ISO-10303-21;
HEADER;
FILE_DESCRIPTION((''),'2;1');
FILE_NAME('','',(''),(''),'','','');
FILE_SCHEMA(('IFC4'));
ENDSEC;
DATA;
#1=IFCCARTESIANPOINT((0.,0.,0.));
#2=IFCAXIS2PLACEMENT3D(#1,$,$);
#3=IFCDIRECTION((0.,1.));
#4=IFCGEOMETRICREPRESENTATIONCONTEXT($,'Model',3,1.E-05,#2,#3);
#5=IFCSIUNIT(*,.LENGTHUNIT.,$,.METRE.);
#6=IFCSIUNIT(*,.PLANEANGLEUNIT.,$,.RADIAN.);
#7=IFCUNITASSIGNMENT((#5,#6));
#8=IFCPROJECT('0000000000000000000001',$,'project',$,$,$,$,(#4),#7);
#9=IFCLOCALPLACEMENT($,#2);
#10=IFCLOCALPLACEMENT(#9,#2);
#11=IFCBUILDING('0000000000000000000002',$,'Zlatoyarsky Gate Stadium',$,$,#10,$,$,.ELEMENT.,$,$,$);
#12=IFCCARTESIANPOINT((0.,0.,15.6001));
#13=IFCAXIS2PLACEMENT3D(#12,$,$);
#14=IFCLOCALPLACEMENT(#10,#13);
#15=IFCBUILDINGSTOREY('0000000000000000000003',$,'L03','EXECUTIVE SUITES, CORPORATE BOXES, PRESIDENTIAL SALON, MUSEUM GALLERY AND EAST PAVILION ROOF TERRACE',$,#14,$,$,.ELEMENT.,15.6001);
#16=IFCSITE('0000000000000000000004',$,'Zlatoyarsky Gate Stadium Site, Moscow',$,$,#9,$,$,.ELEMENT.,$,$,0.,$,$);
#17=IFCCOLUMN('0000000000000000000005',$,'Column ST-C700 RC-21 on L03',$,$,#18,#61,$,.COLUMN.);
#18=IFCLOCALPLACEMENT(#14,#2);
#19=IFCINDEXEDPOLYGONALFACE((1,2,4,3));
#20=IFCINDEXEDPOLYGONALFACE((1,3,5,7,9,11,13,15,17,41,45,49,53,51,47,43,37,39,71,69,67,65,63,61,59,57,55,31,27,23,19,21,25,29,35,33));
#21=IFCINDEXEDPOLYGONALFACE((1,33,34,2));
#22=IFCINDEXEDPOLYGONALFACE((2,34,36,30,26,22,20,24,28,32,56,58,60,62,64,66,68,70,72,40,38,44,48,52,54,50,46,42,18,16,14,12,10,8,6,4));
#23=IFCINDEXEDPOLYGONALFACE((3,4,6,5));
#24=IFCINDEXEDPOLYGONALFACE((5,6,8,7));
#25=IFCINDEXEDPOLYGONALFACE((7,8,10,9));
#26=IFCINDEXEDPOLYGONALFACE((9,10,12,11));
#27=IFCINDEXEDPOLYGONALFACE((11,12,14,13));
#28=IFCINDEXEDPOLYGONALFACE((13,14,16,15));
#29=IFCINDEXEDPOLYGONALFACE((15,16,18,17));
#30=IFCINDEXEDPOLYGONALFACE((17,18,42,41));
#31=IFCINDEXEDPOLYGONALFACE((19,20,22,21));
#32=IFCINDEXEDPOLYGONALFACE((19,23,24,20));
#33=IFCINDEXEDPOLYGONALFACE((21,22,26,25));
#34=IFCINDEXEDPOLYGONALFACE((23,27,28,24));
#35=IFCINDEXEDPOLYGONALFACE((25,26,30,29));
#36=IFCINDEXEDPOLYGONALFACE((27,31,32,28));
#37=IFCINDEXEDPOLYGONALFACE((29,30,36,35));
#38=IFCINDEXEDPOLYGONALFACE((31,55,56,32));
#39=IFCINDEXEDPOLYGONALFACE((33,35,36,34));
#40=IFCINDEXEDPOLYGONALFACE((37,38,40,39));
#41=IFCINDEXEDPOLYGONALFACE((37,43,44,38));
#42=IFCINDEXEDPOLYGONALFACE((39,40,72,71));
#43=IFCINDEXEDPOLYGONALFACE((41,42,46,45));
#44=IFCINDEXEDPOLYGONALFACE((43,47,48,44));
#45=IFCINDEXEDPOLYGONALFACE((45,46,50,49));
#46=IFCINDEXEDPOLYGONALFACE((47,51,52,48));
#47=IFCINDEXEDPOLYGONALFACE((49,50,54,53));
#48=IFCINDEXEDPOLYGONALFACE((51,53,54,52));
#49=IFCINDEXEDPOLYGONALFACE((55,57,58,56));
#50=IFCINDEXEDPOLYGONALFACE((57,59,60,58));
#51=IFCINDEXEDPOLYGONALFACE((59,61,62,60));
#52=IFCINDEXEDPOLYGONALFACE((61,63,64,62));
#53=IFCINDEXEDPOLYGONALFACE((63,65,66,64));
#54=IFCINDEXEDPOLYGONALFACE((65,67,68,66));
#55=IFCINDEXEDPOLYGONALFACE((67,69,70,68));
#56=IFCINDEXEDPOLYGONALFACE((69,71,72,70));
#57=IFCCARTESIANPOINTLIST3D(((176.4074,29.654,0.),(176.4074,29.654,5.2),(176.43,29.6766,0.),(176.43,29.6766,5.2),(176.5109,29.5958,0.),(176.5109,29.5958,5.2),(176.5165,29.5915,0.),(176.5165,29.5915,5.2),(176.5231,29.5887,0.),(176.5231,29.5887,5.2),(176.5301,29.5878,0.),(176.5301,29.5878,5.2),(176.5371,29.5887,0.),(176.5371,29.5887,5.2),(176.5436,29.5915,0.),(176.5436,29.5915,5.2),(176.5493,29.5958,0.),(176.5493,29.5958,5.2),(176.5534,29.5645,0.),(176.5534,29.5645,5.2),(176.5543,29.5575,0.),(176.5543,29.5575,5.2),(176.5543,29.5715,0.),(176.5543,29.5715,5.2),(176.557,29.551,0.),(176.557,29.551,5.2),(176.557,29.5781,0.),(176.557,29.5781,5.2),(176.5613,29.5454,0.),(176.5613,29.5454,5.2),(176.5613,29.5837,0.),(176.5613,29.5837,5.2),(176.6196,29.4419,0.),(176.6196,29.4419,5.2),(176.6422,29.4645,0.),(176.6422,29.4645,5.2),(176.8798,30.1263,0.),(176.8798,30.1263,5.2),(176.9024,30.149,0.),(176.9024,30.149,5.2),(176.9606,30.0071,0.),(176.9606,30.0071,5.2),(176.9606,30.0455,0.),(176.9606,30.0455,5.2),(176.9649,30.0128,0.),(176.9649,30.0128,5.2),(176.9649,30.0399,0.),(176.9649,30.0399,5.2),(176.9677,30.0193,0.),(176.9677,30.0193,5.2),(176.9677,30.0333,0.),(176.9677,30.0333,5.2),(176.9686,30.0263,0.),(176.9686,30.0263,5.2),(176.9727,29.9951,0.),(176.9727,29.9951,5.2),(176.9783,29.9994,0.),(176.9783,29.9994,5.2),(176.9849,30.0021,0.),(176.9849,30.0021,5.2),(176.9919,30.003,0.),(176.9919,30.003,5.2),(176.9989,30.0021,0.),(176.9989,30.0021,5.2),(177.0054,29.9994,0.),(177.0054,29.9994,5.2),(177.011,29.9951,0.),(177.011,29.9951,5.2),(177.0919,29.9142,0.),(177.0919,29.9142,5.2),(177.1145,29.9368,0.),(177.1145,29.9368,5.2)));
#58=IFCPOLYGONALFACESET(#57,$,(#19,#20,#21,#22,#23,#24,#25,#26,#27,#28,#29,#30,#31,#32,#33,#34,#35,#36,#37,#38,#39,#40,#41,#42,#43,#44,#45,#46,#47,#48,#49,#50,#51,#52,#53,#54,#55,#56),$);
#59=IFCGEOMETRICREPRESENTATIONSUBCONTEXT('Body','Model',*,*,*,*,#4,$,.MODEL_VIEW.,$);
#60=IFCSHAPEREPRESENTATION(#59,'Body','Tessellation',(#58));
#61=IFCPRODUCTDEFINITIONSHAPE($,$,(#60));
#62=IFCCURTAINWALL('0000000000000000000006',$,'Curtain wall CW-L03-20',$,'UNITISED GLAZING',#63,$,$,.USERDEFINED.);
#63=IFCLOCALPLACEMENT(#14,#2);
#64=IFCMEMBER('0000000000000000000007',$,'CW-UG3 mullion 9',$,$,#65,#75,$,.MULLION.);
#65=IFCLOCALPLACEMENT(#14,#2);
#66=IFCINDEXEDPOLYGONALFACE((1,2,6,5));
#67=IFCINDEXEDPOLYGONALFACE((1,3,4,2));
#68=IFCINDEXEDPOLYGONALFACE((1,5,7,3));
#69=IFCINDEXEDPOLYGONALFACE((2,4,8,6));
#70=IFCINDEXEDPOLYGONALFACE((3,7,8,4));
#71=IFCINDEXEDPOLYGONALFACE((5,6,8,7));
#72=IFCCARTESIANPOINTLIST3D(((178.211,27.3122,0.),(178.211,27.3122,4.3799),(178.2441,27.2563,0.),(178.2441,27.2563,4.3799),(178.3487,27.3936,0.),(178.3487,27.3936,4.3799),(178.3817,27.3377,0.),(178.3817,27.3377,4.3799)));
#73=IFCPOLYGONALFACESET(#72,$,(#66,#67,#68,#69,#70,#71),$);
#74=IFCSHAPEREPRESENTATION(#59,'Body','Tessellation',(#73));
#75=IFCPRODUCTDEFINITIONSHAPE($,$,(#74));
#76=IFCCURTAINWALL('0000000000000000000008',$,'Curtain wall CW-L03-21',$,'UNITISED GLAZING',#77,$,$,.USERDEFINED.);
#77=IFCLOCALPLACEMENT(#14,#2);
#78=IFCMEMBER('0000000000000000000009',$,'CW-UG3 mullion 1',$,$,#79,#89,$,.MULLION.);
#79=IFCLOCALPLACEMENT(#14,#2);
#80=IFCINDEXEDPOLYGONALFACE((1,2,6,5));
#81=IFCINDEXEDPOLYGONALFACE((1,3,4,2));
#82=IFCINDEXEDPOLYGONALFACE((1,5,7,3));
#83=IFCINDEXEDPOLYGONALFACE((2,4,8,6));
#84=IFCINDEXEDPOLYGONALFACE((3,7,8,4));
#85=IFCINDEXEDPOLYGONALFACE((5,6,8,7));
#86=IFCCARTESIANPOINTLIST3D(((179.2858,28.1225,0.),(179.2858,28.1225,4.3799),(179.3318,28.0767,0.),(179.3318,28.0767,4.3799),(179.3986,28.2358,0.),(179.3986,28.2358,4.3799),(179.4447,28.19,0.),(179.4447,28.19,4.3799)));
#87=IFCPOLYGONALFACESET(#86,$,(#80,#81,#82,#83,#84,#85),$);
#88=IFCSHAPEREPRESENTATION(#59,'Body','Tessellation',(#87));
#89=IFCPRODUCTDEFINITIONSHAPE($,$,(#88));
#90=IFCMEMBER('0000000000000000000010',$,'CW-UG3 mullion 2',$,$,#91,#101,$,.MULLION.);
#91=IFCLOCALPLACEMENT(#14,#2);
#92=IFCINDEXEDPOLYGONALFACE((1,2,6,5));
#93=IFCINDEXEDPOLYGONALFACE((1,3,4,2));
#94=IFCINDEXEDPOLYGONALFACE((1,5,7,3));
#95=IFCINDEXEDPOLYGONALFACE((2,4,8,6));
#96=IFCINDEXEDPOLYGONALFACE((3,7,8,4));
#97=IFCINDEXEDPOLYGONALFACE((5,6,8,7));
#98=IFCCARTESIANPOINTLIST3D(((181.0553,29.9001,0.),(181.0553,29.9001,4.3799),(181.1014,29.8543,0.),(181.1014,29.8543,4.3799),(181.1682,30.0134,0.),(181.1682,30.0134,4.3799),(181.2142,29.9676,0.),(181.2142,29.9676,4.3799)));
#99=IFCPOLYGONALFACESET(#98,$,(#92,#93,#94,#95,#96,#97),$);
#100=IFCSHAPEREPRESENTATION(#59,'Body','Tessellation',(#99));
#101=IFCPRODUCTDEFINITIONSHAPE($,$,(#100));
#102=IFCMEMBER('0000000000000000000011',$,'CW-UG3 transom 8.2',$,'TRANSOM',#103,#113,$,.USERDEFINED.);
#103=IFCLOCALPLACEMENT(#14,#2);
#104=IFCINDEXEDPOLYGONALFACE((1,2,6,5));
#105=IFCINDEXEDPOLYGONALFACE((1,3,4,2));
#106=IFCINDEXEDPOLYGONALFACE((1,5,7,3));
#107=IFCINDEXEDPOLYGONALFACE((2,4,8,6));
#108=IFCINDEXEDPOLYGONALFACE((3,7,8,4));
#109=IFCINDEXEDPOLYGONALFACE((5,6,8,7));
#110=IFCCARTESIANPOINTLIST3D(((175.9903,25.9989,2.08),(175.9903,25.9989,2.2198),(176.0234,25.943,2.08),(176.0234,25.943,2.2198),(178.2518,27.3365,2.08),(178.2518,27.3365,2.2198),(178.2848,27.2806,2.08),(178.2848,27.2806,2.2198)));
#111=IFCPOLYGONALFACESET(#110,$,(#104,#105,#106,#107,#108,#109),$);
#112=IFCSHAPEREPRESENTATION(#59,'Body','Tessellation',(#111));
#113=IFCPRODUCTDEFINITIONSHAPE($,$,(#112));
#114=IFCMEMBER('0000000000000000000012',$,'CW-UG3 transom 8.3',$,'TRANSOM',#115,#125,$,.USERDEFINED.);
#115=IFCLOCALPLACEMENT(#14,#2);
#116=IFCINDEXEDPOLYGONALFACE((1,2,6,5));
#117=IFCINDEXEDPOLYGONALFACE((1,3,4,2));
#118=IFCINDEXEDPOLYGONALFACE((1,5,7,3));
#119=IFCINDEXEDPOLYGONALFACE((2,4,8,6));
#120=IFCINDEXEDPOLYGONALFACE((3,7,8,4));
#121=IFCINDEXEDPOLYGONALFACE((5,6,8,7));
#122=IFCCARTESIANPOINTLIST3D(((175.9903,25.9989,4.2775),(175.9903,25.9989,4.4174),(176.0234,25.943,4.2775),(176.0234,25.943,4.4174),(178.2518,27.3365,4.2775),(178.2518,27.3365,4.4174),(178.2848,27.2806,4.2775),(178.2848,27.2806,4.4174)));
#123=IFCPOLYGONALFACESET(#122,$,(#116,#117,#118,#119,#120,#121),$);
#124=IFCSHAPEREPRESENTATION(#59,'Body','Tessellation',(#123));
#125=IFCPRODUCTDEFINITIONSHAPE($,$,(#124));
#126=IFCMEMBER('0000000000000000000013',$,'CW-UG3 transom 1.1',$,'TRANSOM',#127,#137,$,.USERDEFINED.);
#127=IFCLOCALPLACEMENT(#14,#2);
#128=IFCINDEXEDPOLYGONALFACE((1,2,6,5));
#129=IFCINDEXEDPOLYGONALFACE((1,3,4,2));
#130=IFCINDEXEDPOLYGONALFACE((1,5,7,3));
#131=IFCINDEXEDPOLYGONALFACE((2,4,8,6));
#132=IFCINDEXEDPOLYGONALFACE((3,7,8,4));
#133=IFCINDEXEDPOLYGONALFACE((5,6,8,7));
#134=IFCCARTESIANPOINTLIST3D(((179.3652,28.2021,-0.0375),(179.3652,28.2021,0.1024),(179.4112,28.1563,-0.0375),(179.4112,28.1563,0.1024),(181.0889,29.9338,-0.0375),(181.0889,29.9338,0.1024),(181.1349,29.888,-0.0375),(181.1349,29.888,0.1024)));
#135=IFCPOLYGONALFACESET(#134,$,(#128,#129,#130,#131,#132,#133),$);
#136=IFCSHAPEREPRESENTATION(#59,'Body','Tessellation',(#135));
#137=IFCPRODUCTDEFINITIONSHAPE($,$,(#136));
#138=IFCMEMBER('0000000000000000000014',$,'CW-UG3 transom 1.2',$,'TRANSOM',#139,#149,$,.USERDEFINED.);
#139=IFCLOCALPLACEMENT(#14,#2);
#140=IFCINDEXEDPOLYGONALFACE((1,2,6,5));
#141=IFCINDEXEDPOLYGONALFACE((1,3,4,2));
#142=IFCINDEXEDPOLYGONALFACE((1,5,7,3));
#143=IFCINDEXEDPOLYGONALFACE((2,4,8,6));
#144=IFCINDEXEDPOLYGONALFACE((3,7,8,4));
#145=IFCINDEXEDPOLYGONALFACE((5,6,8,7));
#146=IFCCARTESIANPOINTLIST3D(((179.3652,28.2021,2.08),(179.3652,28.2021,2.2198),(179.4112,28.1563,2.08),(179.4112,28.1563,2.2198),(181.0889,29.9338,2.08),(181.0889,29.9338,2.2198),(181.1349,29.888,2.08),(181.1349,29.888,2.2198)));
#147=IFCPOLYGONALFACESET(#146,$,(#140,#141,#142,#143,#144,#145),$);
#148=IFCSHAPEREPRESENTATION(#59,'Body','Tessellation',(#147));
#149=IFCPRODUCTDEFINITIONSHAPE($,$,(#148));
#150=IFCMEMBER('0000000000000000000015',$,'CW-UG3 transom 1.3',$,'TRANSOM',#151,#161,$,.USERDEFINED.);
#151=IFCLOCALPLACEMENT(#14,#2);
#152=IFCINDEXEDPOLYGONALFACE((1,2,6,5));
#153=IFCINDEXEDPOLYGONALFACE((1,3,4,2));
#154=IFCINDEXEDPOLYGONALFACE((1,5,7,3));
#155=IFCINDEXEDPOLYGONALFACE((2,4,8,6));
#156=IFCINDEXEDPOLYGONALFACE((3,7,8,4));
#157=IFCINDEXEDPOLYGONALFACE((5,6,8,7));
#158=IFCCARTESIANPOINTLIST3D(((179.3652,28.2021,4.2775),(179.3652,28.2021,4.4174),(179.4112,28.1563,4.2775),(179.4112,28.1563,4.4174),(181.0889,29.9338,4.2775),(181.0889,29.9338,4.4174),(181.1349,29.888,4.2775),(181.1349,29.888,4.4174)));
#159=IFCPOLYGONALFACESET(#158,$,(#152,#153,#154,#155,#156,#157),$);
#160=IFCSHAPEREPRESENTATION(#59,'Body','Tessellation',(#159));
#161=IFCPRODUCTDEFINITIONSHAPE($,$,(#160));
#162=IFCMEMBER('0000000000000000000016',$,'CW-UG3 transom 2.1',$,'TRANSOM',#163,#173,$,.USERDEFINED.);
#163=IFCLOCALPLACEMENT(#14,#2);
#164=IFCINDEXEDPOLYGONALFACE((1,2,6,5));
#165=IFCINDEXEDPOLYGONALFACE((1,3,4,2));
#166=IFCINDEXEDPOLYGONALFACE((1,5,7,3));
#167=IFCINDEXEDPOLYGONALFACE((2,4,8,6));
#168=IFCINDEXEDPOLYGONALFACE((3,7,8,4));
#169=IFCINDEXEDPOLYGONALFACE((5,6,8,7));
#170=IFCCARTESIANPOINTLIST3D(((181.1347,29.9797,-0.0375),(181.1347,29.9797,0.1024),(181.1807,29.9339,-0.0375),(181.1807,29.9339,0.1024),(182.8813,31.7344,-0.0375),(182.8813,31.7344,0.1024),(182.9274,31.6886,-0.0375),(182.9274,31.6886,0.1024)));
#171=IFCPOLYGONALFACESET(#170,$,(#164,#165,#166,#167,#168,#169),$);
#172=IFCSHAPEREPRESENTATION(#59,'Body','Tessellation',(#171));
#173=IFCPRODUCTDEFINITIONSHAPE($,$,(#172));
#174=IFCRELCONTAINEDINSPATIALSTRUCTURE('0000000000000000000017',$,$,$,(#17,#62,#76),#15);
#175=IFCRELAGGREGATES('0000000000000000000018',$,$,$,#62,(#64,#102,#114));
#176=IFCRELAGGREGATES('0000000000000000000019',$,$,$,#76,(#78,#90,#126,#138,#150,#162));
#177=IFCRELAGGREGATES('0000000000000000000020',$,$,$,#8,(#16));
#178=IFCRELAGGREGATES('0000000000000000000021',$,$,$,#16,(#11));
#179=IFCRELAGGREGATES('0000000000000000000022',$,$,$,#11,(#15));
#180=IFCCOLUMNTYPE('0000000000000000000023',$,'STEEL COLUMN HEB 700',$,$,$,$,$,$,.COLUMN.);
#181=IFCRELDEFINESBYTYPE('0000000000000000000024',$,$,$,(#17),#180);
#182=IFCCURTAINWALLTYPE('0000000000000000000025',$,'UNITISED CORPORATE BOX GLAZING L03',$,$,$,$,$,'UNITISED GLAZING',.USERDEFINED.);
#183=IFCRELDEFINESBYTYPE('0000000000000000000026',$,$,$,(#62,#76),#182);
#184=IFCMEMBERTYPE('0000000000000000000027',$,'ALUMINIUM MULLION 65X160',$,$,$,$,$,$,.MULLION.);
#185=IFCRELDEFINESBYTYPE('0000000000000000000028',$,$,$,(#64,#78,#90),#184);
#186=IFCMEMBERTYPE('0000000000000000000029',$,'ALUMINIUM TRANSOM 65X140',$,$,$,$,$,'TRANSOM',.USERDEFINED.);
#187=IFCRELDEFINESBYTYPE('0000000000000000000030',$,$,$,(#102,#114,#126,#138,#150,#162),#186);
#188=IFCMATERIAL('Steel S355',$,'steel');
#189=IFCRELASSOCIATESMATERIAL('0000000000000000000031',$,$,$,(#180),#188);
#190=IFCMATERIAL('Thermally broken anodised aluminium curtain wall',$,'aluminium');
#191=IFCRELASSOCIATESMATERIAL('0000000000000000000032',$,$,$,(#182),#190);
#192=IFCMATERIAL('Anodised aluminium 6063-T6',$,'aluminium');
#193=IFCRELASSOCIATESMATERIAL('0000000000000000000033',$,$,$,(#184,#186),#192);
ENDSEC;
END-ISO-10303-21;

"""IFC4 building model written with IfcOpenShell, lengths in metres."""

from ifc_helpers import new_model, si_unit, direction, frame, origin, origin_2d, place, context, subcontext, project, spatial, rectangle, i_section, extrude, material, material_profile, profile_set, type_object, element, aggregate, save


model = new_model("IFC4")

# Units and contexts
model_context = context("Model", 3, precision=1e-05, world=origin(), true_north=direction((0.0, 1.0)))
body_context = subcontext(model_context, "Body", "Model", "MODEL_VIEW")
ifc_project = project(units=[si_unit("LENGTHUNIT", "METRE"), si_unit("PLANEANGLEUNIT", "RADIAN")], contexts=[model_context])

# Site, building, storey
site_placement = place(None, origin())
site = spatial("IfcSite", under=ifc_project, at=site_placement, Name="Zlatoyarsky Gate Stadium Site, Moscow", CompositionType="ELEMENT", RefElevation=0.0)
building_placement = place(site_placement, origin())
building = spatial("IfcBuilding", under=site, at=building_placement, Name="Zlatoyarsky Gate Stadium", CompositionType="ELEMENT")
storey_placement = place(building_placement, frame((0.0, 0.0, 15.6001)))
storey = spatial("IfcBuildingStorey", under=building, at=storey_placement, Name="L03", Description="EXECUTIVE SUITES, CORPORATE BOXES, PRESIDENTIAL SALON, MUSEUM GALLERY AND EAST PAVILION ROOF TERRACE", CompositionType="ELEMENT", Elevation=15.6001)

# Column
ifc_material_1 = material(Name="Steel S355", Category="steel")
ifc_material_profile_1 = material_profile(ifc_material_1, i_section(OverallWidth=0.3, OverallDepth=0.7, WebThickness=0.0171, FlangeThickness=0.032, FilletRadius=0.0271, at=origin_2d()), Name="HEB 700")
ifc_profile_set_1 = profile_set([ifc_material_profile_1], Name="Steel S355")
column_type = type_object("IfcColumnType", Name="STEEL COLUMN HEB 700", PredefinedType="COLUMN", material=ifc_profile_set_1)
column_placement = place(storey_placement, frame((176.761, 29.7954, 0.0), z_axis=(0.0, 0.0, 1.0), x_axis=(0.707107, -0.707107, 0.0)))
element("IfcColumn", 1, at=column_placement, inside=storey, type_object=column_type, Name="Column ST-C700 RC-21 on L03", PredefinedType="COLUMN", context=body_context, shape_type="SweptSolid", body=[
    extrude(i_section(OverallWidth=0.3, OverallDepth=0.7, WebThickness=0.0171, FlangeThickness=0.032, FilletRadius=0.0271, at=origin_2d()), origin(), (0.0, 0.0, 1.0), 5.2),
])

# Curtain wall, member
ifc_material_2 = material(Name="Thermally broken anodised aluminium curtain wall", Category="aluminium")
curtain_wall_type = type_object("IfcCurtainWallType", Name="UNITISED CORPORATE BOX GLAZING L03", ElementType="UNITISED GLAZING", PredefinedType="USERDEFINED", material=ifc_material_2)
curtain_wall_1_placement = place(storey_placement, origin())
curtain_wall_1 = element("IfcCurtainWall", 2, at=curtain_wall_1_placement, inside=storey, type_object=curtain_wall_type, Name="Curtain wall CW-L03-20", ObjectType="UNITISED GLAZING", PredefinedType="USERDEFINED")
ifc_material_3 = material(Name="Anodised aluminium 6063-T6", Category="aluminium")
ifc_material_profile_2 = material_profile(ifc_material_3, rectangle(XDim=0.0649, YDim=0.1599, at=origin_2d()), Name="ALU 65X160")
ifc_profile_set_2 = profile_set([ifc_material_profile_2], Name="Anodised aluminium 6063-T6")
member_type_1 = type_object("IfcMemberType", Name="ALUMINIUM MULLION 65X160", PredefinedType="MULLION", material=ifc_profile_set_2)
member_1_placement = place(storey_placement, frame((178.2964, 27.325, 0.0), z_axis=(0.0, 0.0, 1.0), x_axis=(-0.509098, 0.860708, 0.0)))
member_1 = element("IfcMember", 3, at=member_1_placement, type_object=member_type_1, Name="CW-UG3 mullion 9", PredefinedType="MULLION", context=body_context, shape_type="SweptSolid", body=[
    extrude(rectangle(XDim=0.0649, YDim=0.1599, at=origin_2d()), origin(), (0.0, 0.0, 1.0), 4.3799),
])

# Curtain wall, members
curtain_wall_2_placement = place(storey_placement, origin())
curtain_wall_2 = element("IfcCurtainWall", 4, at=curtain_wall_2_placement, inside=storey, type_object=curtain_wall_type, Name="Curtain wall CW-L03-21", ObjectType="UNITISED GLAZING", PredefinedType="USERDEFINED")
member_2_placement = place(storey_placement, frame((179.3652, 28.1562, 0.0), z_axis=(0.0, 0.0, 1.0), x_axis=(-0.708721, 0.705489, 0.0)))
member_2 = element("IfcMember", 5, at=member_2_placement, type_object=member_type_1, Name="CW-UG3 mullion 1", PredefinedType="MULLION", context=body_context, shape_type="SweptSolid", body=[
    extrude(rectangle(XDim=0.0649, YDim=0.1599, at=origin_2d()), origin(), (0.0, 0.0, 1.0), 4.3799),
])
member_3_placement = place(storey_placement, frame((181.1348, 29.9338, 0.0), z_axis=(0.0, 0.0, 1.0), x_axis=(-0.708721, 0.705489, 0.0)))
member_3 = element("IfcMember", 6, at=member_3_placement, type_object=member_type_1, Name="CW-UG3 mullion 2", PredefinedType="MULLION", context=body_context, shape_type="SweptSolid", body=[
    extrude(rectangle(XDim=0.0649, YDim=0.1599, at=origin_2d()), origin(), (0.0, 0.0, 1.0), 4.3799),
])

# Members
ifc_material_profile_3 = material_profile(ifc_material_3, rectangle(XDim=0.0649, YDim=0.1399, at=origin_2d()), Name="ALU 65X140")
ifc_profile_set_3 = profile_set([ifc_material_profile_3], Name="Anodised aluminium 6063-T6")
member_type_2 = type_object("IfcMemberType", Name="ALUMINIUM TRANSOM 65X140", ElementType="TRANSOM", PredefinedType="USERDEFINED", material=ifc_profile_set_3)
member_4_placement = place(storey_placement, frame((176.0068, 25.9709, 2.1499), z_axis=(0.860706, 0.509102, 0.0), x_axis=(-0.509102, 0.860706, 0.0)))
member_4 = element("IfcMember", 7, at=member_4_placement, type_object=member_type_2, Name="CW-UG3 transom 8.2", ObjectType="TRANSOM", PredefinedType="USERDEFINED", context=body_context, shape_type="SweptSolid", body=[
    extrude(rectangle(XDim=0.0649, YDim=0.1399, at=origin_2d()), origin(), (0.0, 0.0, 1.0), 2.6274),
])
member_5_placement = place(storey_placement, frame((176.0068, 25.9709, 4.3474), z_axis=(0.860706, 0.509102, 0.0), x_axis=(-0.509102, 0.860706, 0.0)))
member_5 = element("IfcMember", 8, at=member_5_placement, type_object=member_type_2, Name="CW-UG3 transom 8.3", ObjectType="TRANSOM", PredefinedType="USERDEFINED", context=body_context, shape_type="SweptSolid", body=[
    extrude(rectangle(XDim=0.0649, YDim=0.1399, at=origin_2d()), origin(), (0.0, 0.0, 1.0), 2.6274),
])
member_6_placement = place(storey_placement, frame((179.3882, 28.1792, 0.0325), z_axis=(0.705456, 0.708754, 0.0), x_axis=(-0.708754, 0.705456, 0.0)))
member_6 = element("IfcMember", 9, at=member_6_placement, type_object=member_type_2, Name="CW-UG3 transom 1.1", ObjectType="TRANSOM", PredefinedType="USERDEFINED", context=body_context, shape_type="SweptSolid", body=[
    extrude(rectangle(XDim=0.0649, YDim=0.1399, at=origin_2d()), origin(), (0.0, 0.0, 1.0), 2.4434),
])
member_7_placement = place(storey_placement, frame((179.3882, 28.1792, 2.1499), z_axis=(0.705456, 0.708754, 0.0), x_axis=(-0.708754, 0.705456, 0.0)))
member_7 = element("IfcMember", 10, at=member_7_placement, type_object=member_type_2, Name="CW-UG3 transom 1.2", ObjectType="TRANSOM", PredefinedType="USERDEFINED", context=body_context, shape_type="SweptSolid", body=[
    extrude(rectangle(XDim=0.0649, YDim=0.1399, at=origin_2d()), origin(), (0.0, 0.0, 1.0), 2.4434),
])
member_8_placement = place(storey_placement, frame((179.3882, 28.1792, 4.3474), z_axis=(0.705456, 0.708754, 0.0), x_axis=(-0.708754, 0.705456, 0.0)))
member_8 = element("IfcMember", 11, at=member_8_placement, type_object=member_type_2, Name="CW-UG3 transom 1.3", ObjectType="TRANSOM", PredefinedType="USERDEFINED", context=body_context, shape_type="SweptSolid", body=[
    extrude(rectangle(XDim=0.0649, YDim=0.1399, at=origin_2d()), origin(), (0.0, 0.0, 1.0), 2.4434),
])
member_9_placement = place(storey_placement, frame((181.1577, 29.9568, 0.0325), z_axis=(0.705478, 0.708732, 0.0), x_axis=(-0.708732, 0.705478, 0.0)))
member_9 = element("IfcMember", 12, at=member_9_placement, type_object=member_type_2, Name="CW-UG3 transom 2.1", ObjectType="TRANSOM", PredefinedType="USERDEFINED", context=body_context, shape_type="SweptSolid", body=[
    extrude(rectangle(XDim=0.0649, YDim=0.1399, at=origin_2d()), origin(), (0.0, 0.0, 1.0), 2.4758),
])

aggregate(curtain_wall_1, [member_1, member_4, member_5])
aggregate(curtain_wall_2, [member_2, member_3, member_6, member_7, member_8, member_9])

save(model, "model.ifc")
